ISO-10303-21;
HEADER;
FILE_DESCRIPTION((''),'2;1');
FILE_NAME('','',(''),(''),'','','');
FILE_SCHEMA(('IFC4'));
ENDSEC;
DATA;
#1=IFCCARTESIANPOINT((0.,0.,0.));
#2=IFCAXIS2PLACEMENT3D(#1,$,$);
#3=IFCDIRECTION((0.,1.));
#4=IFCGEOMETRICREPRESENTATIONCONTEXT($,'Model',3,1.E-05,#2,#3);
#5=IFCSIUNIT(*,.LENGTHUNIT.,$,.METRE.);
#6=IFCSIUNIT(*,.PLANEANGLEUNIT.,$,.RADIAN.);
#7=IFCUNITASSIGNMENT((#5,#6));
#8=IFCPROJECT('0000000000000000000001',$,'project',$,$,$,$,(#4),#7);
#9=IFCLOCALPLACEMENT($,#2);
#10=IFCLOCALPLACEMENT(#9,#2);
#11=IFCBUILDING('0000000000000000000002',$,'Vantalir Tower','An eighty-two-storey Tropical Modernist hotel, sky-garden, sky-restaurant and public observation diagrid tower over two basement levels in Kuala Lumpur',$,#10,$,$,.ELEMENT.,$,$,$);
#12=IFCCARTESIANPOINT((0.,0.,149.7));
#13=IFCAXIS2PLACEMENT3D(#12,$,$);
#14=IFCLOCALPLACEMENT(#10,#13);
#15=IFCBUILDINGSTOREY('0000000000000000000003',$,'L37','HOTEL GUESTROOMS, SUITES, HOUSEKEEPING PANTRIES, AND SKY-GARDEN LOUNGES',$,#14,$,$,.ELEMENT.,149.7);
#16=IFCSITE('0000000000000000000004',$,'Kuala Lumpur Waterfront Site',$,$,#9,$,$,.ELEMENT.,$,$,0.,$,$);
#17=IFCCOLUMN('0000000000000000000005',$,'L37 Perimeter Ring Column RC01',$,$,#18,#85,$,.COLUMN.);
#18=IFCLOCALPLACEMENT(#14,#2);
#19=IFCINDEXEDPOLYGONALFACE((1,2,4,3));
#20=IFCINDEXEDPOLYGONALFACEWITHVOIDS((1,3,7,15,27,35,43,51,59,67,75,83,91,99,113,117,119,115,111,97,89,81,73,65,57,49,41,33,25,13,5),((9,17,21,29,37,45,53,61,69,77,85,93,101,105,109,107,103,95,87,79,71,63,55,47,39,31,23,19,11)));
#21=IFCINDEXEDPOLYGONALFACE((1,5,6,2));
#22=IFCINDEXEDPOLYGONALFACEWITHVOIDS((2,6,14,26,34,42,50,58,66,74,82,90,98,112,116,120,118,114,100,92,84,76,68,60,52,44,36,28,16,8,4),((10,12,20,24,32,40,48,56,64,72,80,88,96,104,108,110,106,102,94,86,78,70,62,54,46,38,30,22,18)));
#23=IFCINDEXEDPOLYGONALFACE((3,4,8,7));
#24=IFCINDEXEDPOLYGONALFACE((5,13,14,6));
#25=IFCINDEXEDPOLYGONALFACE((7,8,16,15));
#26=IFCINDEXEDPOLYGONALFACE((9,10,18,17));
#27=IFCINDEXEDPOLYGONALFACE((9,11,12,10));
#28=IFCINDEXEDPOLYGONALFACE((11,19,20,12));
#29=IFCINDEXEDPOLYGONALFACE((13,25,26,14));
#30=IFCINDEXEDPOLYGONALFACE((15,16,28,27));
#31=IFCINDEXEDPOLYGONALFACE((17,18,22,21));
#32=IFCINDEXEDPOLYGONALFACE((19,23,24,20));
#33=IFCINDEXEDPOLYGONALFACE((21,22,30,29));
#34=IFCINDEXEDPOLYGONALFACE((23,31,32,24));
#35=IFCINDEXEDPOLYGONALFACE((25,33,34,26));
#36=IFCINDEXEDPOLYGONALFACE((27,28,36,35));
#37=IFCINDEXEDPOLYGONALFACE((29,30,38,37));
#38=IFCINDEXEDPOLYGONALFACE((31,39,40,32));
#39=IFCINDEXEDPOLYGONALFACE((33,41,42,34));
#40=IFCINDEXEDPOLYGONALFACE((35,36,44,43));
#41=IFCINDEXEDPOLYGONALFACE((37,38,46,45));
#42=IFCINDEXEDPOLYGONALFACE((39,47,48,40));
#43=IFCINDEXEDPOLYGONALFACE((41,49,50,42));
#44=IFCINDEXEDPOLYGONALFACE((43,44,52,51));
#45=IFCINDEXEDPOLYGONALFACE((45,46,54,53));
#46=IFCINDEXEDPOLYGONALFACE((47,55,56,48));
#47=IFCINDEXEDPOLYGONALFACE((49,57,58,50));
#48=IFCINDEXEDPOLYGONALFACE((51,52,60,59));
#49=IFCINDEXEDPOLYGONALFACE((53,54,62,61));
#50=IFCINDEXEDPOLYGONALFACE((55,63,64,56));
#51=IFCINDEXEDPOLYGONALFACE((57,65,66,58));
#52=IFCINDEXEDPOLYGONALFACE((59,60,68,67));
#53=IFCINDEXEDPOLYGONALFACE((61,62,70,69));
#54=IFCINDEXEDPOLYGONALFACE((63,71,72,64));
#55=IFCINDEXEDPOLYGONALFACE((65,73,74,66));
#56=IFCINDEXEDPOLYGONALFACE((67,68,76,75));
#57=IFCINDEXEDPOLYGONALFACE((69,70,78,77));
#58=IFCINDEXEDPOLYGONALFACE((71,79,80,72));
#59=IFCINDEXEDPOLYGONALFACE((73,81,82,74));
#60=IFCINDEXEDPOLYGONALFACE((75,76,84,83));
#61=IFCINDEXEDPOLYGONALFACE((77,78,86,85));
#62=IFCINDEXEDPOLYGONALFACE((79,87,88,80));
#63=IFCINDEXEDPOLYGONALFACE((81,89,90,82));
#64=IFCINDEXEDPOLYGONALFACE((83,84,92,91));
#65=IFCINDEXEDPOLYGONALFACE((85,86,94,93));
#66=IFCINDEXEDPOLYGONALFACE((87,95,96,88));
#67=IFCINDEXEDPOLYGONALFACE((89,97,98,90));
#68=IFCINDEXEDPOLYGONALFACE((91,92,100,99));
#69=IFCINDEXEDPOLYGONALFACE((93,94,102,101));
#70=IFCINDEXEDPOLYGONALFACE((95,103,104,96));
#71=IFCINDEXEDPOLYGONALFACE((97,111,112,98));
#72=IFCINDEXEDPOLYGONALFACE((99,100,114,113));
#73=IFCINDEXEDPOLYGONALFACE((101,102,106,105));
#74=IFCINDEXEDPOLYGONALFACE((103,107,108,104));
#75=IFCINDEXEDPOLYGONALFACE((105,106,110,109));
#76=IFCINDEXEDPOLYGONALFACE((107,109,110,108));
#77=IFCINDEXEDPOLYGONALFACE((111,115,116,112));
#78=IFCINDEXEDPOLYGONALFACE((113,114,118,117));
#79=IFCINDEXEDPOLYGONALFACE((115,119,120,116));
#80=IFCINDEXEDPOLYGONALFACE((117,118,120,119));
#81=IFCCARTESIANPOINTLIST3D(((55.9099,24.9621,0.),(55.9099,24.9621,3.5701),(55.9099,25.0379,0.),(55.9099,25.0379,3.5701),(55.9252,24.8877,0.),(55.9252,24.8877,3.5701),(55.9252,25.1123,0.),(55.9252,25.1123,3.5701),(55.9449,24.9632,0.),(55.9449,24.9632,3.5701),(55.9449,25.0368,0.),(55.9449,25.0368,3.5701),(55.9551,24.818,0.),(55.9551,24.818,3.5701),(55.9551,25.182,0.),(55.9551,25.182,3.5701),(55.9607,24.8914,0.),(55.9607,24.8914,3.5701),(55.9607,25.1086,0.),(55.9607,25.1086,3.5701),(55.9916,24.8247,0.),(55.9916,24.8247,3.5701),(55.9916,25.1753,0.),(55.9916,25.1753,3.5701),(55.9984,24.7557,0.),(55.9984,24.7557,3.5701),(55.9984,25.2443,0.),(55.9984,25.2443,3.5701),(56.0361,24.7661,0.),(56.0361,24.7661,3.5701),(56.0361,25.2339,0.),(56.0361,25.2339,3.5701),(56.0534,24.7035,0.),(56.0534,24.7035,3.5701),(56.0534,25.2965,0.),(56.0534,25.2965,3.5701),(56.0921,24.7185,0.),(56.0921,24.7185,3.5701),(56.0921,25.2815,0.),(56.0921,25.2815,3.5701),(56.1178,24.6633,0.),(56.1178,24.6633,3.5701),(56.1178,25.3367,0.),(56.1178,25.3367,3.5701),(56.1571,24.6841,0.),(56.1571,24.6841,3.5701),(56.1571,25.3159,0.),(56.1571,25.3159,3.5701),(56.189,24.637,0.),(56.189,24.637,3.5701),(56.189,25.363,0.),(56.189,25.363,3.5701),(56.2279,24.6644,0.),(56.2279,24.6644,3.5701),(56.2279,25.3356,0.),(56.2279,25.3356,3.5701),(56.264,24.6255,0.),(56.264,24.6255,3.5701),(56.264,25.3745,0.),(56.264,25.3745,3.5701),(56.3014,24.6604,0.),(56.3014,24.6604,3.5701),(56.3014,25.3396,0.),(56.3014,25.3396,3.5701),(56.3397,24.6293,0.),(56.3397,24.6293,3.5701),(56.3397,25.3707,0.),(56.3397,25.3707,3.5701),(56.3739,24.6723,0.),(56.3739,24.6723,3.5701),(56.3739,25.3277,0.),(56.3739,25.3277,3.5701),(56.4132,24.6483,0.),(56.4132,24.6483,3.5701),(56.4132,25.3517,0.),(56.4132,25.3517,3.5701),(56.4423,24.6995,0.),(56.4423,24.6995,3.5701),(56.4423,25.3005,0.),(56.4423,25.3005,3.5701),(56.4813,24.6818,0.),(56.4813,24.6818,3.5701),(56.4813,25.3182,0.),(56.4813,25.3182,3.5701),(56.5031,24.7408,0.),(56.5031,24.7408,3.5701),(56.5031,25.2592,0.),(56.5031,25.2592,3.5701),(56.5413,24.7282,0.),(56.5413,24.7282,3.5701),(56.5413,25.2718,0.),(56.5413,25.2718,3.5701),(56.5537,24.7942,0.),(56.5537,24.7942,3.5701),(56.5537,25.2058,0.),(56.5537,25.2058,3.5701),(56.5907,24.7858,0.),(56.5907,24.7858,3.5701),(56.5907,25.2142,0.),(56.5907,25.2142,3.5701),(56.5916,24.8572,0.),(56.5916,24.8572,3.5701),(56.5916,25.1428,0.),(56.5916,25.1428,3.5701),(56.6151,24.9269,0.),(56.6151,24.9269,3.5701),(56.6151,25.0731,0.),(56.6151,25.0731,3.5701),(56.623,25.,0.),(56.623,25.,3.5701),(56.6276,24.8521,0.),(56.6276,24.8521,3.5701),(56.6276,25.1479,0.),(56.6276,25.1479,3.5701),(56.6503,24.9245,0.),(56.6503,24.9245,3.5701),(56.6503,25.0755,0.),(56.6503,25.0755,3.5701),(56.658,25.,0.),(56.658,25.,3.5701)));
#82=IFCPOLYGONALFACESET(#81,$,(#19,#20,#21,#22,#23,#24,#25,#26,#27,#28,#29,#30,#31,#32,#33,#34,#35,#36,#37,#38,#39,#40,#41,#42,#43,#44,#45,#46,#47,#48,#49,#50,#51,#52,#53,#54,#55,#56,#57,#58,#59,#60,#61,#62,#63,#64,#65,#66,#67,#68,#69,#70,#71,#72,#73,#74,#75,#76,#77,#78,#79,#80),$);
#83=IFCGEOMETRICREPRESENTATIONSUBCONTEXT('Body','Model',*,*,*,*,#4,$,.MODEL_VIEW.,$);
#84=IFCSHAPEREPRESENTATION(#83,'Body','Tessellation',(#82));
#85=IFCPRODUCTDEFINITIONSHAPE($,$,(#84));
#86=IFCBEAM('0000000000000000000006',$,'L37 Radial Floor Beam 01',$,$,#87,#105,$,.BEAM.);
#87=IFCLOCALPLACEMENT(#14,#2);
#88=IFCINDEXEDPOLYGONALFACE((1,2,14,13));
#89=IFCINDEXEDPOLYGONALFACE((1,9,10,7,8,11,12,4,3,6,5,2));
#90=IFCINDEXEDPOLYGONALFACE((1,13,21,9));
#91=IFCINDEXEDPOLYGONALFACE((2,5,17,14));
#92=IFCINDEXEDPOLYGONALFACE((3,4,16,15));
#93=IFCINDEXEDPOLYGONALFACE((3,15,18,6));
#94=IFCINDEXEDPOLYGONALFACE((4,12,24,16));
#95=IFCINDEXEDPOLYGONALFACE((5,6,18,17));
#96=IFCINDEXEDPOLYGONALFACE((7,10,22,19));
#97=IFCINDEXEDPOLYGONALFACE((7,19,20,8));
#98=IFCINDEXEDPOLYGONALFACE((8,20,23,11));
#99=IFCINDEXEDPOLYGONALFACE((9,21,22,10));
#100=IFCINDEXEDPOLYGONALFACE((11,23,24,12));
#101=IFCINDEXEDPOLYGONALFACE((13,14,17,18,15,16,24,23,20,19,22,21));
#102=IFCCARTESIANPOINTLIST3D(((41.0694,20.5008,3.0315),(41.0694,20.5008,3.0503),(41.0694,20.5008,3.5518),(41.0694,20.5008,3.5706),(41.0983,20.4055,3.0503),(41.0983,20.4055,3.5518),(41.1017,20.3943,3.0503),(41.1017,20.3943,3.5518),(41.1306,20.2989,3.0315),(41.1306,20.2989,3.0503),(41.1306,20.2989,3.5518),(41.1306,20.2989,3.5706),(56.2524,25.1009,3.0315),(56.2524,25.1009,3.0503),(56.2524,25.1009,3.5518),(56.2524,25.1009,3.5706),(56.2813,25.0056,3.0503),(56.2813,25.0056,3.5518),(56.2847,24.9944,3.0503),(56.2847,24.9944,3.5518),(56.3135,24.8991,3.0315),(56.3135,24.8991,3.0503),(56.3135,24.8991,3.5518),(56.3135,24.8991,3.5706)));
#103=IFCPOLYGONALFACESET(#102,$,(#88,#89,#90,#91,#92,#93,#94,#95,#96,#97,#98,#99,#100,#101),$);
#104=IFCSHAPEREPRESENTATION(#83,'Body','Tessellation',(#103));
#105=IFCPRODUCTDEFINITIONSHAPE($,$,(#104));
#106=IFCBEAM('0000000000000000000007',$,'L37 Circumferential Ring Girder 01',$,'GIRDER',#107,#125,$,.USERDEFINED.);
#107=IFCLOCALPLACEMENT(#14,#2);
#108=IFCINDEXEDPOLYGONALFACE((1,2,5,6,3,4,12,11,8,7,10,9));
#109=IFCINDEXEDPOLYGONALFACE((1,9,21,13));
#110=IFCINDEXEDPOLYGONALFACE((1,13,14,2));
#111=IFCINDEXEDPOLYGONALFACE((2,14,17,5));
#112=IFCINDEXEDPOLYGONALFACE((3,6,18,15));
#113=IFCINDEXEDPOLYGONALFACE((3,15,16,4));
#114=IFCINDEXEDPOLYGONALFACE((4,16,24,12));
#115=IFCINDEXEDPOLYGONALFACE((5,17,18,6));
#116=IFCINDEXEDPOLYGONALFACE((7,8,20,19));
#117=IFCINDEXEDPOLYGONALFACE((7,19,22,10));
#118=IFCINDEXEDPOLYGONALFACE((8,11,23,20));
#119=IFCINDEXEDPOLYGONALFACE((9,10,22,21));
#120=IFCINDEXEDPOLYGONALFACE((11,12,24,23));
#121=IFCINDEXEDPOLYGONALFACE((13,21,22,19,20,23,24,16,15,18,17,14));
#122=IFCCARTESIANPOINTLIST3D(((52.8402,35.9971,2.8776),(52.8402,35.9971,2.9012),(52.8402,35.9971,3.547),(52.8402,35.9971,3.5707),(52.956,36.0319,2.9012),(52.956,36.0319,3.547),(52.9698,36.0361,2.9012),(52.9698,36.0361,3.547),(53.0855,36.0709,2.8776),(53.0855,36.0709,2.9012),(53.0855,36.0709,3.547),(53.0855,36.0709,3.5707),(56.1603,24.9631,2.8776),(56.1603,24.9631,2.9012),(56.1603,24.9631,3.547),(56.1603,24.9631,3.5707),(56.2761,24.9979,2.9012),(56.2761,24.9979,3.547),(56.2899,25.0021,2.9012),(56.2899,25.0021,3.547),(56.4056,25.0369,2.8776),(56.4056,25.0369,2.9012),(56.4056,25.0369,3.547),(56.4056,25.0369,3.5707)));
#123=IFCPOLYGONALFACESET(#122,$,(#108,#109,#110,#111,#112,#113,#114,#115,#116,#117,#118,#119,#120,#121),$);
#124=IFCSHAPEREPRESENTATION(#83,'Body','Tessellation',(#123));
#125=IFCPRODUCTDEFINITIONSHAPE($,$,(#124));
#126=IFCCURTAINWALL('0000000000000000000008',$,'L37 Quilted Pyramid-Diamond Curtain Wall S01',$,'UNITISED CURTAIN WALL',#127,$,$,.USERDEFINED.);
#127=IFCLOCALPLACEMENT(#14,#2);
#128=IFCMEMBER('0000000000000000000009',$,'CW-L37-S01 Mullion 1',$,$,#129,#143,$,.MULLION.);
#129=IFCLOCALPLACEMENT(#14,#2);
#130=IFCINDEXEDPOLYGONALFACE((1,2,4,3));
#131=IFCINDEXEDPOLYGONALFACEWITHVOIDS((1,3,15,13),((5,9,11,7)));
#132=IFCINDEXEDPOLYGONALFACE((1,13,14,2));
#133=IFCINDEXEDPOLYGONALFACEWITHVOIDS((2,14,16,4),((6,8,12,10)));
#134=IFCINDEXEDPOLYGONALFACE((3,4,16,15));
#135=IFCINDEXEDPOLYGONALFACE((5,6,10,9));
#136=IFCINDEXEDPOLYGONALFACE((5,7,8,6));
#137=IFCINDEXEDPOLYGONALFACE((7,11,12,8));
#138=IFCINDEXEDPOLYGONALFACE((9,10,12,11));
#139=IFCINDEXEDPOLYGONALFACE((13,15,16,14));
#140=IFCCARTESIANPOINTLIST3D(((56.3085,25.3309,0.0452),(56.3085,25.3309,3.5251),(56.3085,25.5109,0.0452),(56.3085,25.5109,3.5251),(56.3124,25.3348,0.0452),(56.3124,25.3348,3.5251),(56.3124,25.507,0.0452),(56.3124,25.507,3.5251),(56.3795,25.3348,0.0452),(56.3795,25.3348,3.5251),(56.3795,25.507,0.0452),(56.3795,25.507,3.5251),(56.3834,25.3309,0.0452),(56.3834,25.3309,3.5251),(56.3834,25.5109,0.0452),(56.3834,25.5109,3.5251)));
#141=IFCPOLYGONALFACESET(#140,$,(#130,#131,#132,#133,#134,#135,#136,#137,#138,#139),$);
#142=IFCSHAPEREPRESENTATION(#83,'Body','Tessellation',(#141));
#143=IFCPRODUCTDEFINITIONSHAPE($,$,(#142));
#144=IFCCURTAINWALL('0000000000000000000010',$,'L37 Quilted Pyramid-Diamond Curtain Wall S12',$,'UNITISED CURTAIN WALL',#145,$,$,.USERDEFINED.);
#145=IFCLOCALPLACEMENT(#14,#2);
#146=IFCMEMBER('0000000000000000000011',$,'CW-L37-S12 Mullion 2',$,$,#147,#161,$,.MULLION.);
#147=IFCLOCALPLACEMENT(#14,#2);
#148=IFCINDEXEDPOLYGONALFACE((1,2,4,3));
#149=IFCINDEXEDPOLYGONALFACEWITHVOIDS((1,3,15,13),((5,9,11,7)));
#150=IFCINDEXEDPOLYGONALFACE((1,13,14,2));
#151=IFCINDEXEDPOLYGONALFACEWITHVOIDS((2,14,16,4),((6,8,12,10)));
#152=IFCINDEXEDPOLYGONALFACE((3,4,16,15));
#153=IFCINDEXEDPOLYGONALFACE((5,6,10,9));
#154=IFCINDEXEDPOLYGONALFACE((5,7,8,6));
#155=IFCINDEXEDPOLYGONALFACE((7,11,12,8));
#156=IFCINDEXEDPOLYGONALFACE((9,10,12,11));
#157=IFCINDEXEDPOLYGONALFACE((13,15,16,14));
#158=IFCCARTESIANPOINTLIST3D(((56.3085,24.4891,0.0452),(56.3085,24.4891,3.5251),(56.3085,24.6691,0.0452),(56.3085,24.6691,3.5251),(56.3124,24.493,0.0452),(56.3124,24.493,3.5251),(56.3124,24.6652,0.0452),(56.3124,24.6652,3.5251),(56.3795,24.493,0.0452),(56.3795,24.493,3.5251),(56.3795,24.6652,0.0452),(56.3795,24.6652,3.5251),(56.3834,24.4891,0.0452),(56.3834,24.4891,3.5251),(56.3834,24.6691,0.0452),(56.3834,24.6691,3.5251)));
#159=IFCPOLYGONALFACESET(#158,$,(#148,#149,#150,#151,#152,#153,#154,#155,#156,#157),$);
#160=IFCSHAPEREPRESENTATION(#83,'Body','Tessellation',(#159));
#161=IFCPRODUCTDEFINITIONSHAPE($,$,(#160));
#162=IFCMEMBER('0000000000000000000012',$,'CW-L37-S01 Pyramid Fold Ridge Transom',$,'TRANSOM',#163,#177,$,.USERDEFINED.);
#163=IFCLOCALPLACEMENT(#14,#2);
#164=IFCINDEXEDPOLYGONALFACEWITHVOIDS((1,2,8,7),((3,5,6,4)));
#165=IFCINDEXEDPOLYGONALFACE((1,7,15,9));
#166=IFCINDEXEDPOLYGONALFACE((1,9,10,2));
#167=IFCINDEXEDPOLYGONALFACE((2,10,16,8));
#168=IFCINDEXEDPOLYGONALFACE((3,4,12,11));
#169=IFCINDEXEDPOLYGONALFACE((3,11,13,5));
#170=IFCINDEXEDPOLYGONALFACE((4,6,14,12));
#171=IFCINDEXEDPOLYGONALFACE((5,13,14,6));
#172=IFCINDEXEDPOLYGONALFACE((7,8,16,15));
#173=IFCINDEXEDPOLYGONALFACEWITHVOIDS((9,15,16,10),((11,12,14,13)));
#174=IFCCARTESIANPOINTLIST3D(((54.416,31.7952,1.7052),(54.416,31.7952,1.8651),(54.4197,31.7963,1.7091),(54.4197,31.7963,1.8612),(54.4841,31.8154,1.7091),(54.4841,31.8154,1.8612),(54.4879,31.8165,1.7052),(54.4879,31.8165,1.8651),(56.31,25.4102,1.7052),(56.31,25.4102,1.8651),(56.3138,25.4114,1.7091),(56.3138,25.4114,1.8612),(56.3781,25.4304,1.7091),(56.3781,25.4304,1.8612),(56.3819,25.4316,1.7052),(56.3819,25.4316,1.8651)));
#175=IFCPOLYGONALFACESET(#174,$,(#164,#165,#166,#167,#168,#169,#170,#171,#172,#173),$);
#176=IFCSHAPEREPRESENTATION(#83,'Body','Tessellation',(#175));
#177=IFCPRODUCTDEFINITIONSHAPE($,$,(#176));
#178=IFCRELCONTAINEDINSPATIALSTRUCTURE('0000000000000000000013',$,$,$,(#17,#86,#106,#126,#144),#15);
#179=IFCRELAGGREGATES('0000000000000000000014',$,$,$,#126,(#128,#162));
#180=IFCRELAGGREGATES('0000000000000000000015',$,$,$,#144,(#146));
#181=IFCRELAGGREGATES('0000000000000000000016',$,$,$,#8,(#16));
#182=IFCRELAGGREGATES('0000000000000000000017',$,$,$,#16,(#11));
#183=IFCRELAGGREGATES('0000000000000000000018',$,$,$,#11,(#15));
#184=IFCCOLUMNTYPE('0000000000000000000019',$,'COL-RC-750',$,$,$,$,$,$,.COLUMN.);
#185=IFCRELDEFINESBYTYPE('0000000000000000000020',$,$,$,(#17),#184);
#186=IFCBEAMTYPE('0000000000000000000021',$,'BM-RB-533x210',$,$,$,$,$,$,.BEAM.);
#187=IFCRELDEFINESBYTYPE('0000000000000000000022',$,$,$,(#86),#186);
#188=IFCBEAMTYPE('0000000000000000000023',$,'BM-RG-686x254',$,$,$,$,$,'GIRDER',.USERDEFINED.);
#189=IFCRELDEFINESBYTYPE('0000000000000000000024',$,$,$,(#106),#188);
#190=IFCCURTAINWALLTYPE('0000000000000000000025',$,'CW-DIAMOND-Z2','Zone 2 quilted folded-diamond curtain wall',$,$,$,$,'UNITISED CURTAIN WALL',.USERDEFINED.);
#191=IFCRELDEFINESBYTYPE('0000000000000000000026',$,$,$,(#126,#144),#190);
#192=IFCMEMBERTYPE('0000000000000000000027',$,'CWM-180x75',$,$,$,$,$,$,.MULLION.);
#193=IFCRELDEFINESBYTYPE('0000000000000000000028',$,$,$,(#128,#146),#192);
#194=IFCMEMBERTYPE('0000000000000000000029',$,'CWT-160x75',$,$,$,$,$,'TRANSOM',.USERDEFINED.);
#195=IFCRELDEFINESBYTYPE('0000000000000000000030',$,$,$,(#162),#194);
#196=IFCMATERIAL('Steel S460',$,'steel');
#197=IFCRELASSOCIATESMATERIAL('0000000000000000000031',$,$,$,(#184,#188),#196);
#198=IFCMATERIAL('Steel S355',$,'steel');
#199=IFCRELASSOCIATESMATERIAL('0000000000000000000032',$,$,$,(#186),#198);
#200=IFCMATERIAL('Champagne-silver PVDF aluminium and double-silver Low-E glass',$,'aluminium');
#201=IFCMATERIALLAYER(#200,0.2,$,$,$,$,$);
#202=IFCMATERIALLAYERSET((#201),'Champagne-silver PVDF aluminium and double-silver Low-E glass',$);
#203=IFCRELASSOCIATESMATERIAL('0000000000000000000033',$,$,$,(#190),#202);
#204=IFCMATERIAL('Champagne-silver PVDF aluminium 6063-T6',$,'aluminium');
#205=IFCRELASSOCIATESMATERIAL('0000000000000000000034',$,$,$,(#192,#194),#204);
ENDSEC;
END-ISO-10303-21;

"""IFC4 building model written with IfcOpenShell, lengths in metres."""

from ifc_helpers import new_model, si_unit, direction, frame, origin, origin_2d, place, context, subcontext, project, spatial, hollow_rectangle, hollow_circle, i_section, extrude, material, layer, layer_set, material_profile, profile_set, type_object, element, aggregate, save


model = new_model("IFC4")

# Units and contexts
model_context = context("Model", 3, precision=1e-05, world=origin(), true_north=direction((0.0, 1.0)))
body_context = subcontext(model_context, "Body", "Model", "MODEL_VIEW")
ifc_project = project(units=[si_unit("LENGTHUNIT", "METRE"), si_unit("PLANEANGLEUNIT", "RADIAN")], contexts=[model_context])

# Site, building, storey
site_placement = place(None, origin())
site = spatial("IfcSite", under=ifc_project, at=site_placement, Name="Kuala Lumpur Waterfront Site", CompositionType="ELEMENT", RefElevation=0.0)
building_placement = place(site_placement, origin())
building = spatial("IfcBuilding", under=site, at=building_placement, Name="Vantalir Tower", Description="An eighty-two-storey Tropical Modernist hotel, sky-garden, sky-restaurant and public observation diagrid tower over two basement levels in Kuala Lumpur", CompositionType="ELEMENT")
storey_placement = place(building_placement, frame((0.0, 0.0, 149.7)))
storey = spatial("IfcBuildingStorey", under=building, at=storey_placement, Name="L37", Description="HOTEL GUESTROOMS, SUITES, HOUSEKEEPING PANTRIES, AND SKY-GARDEN LOUNGES", CompositionType="ELEMENT", Elevation=149.7)

# Column
ifc_material_1 = material(Name="Steel S460", Category="steel")
ifc_material_profile_1 = material_profile(ifc_material_1, hollow_circle(Radius=0.375, WallThickness=0.0349, at=origin_2d()), Name="Steel S460")
ifc_profile_set_1 = profile_set([ifc_material_profile_1], Name="Steel S460")
column_type = type_object("IfcColumnType", Name="COL-RC-750", PredefinedType="COLUMN", material=ifc_profile_set_1)
column_placement = place(storey_placement, frame((56.283, 25.0, 0.0), z_axis=(0.0, 0.0, 1.0), x_axis=(1.0, 0.0, 0.0)))
element("IfcColumn", 1, at=column_placement, inside=storey, type_object=column_type, Name="L37 Perimeter Ring Column RC01", PredefinedType="COLUMN", context=body_context, shape_type="SweptSolid", body=[
    extrude(hollow_circle(Radius=0.375, WallThickness=0.0349, at=origin_2d()), origin(), (0.0, 0.0, 1.0), 3.5701),
])

# Beams
ifc_material_2 = material(Name="Steel S355", Category="steel")
ifc_material_profile_2 = material_profile(ifc_material_2, i_section(OverallWidth=0.2109, OverallDepth=0.5391, WebThickness=0.0117, FlangeThickness=0.0188, at=origin_2d()), Name="Steel S355")
ifc_profile_set_2 = profile_set([ifc_material_profile_2], Name="Steel S355")
beam_type_1 = type_object("IfcBeamType", Name="BM-RB-533x210", PredefinedType="BEAM", material=ifc_profile_set_2)
beam_1_placement = place(storey_placement, frame((56.283, 25.0, 3.301), z_axis=(-0.957038, -0.289963, 0.0), x_axis=(0.289963, -0.957038, 0.0)))
element("IfcBeam", 2, at=beam_1_placement, inside=storey, type_object=beam_type_1, Name="L37 Radial Floor Beam 01", PredefinedType="BEAM", context=body_context, shape_type="SweptSolid", body=[
    extrude(i_section(OverallWidth=0.2109, OverallDepth=0.5391, WebThickness=0.0117, FlangeThickness=0.0188, at=origin_2d()), origin(), (0.0, 0.0, 1.0), 15.8645),
])
ifc_material_profile_3 = material_profile(ifc_material_1, i_section(OverallWidth=0.2561, OverallDepth=0.6931, WebThickness=0.0144, FlangeThickness=0.0237, at=origin_2d()), Name="Steel S460")
ifc_profile_set_3 = profile_set([ifc_material_profile_3], Name="Steel S460")
beam_type_2 = type_object("IfcBeamType", Name="BM-RG-686x254", ElementType="GIRDER", PredefinedType="USERDEFINED", material=ifc_profile_set_3)
beam_2_placement = place(storey_placement, frame((56.283, 25.0, 3.2241), z_axis=(-0.288135, 0.95759, 0.0), x_axis=(-0.95759, -0.288135, 0.0)))
element("IfcBeam", 3, at=beam_2_placement, inside=storey, type_object=beam_type_2, Name="L37 Circumferential Ring Girder 01", ObjectType="GIRDER", PredefinedType="USERDEFINED", context=body_context, shape_type="SweptSolid", body=[
    extrude(i_section(OverallWidth=0.2561, OverallDepth=0.6931, WebThickness=0.0144, FlangeThickness=0.0237, at=origin_2d()), origin(), (0.0, 0.0, 1.0), 11.5227),
])

# Curtain walls, members
ifc_material_3 = material(Name="Champagne-silver PVDF aluminium and double-silver Low-E glass", Category="aluminium")
ifc_layer_1 = layer(ifc_material_3, 0.2)
ifc_layer_set_1 = layer_set([ifc_layer_1], Name="Champagne-silver PVDF aluminium and double-silver Low-E glass")
curtain_wall_type = type_object("IfcCurtainWallType", Name="CW-DIAMOND-Z2", Description="Zone 2 quilted folded-diamond curtain wall", ElementType="UNITISED CURTAIN WALL", PredefinedType="USERDEFINED", material=ifc_layer_set_1)
curtain_wall_1_placement = place(storey_placement, origin())
curtain_wall_1 = element("IfcCurtainWall", 4, at=curtain_wall_1_placement, inside=storey, type_object=curtain_wall_type, Name="L37 Quilted Pyramid-Diamond Curtain Wall S01", ObjectType="UNITISED CURTAIN WALL", PredefinedType="USERDEFINED")
ifc_material_4 = material(Name="Champagne-silver PVDF aluminium 6063-T6", Category="aluminium")
ifc_material_profile_4 = material_profile(ifc_material_4, hollow_rectangle(XDim=0.075, YDim=0.1799, WallThickness=0.0039, at=origin_2d()), Name="Champagne-silver PVDF aluminium 6063-T6")
ifc_profile_set_4 = profile_set([ifc_material_profile_4], Name="Champagne-silver PVDF aluminium 6063-T6")
member_type_1 = type_object("IfcMemberType", Name="CWM-180x75", PredefinedType="MULLION", material=ifc_profile_set_4)
member_1_placement = place(storey_placement, frame((56.3459, 25.4209, 0.0452), z_axis=(0.0, 0.0, 1.0), x_axis=(1.0, 0.0, 0.0)))
member_1 = element("IfcMember", 5, at=member_1_placement, type_object=member_type_1, Name="CW-L37-S01 Mullion 1", PredefinedType="MULLION", context=body_context, shape_type="SweptSolid", body=[
    extrude(hollow_rectangle(XDim=0.075, YDim=0.1799, WallThickness=0.0039, at=origin_2d()), origin(), (0.0, 0.0, 1.0), 3.48),
])
curtain_wall_2_placement = place(storey_placement, origin())
curtain_wall_2 = element("IfcCurtainWall", 6, at=curtain_wall_2_placement, inside=storey, type_object=curtain_wall_type, Name="L37 Quilted Pyramid-Diamond Curtain Wall S12", ObjectType="UNITISED CURTAIN WALL", PredefinedType="USERDEFINED")
member_2_placement = place(storey_placement, frame((56.3459, 24.5791, 0.0452), z_axis=(0.0, 0.0, 1.0), x_axis=(1.0, 0.0, 0.0)))
member_2 = element("IfcMember", 7, at=member_2_placement, type_object=member_type_1, Name="CW-L37-S12 Mullion 2", PredefinedType="MULLION", context=body_context, shape_type="SweptSolid", body=[
    extrude(hollow_rectangle(XDim=0.075, YDim=0.1799, WallThickness=0.0039, at=origin_2d()), origin(), (0.0, 0.0, 1.0), 3.48),
])

# Member
ifc_material_profile_5 = material_profile(ifc_material_4, hollow_rectangle(XDim=0.075, YDim=0.1599, WallThickness=0.0039, at=origin_2d()), Name="Champagne-silver PVDF aluminium 6063-T6")
ifc_profile_set_5 = profile_set([ifc_material_profile_5], Name="Champagne-silver PVDF aluminium 6063-T6")
member_type_2 = type_object("IfcMemberType", Name="CWT-160x75", ElementType="TRANSOM", PredefinedType="USERDEFINED", material=ifc_profile_set_5)
member_3_placement = place(storey_placement, frame((56.3459, 25.4209, 1.7852), z_axis=(-0.28439, 0.958709, 0.0), x_axis=(-0.958709, -0.28439, 0.0)))
member_3 = element("IfcMember", 8, at=member_3_placement, type_object=member_type_2, Name="CW-L37-S01 Pyramid Fold Ridge Transom", ObjectType="TRANSOM", PredefinedType="USERDEFINED", context=body_context, shape_type="SweptSolid", body=[
    extrude(hollow_rectangle(XDim=0.075, YDim=0.1599, WallThickness=0.0039, at=origin_2d()), origin(), (0.0, 0.0, 1.0), 6.6599),
])

aggregate(curtain_wall_1, [member_1, member_3])
aggregate(curtain_wall_2, [member_2])

save(model, "model.ifc")
